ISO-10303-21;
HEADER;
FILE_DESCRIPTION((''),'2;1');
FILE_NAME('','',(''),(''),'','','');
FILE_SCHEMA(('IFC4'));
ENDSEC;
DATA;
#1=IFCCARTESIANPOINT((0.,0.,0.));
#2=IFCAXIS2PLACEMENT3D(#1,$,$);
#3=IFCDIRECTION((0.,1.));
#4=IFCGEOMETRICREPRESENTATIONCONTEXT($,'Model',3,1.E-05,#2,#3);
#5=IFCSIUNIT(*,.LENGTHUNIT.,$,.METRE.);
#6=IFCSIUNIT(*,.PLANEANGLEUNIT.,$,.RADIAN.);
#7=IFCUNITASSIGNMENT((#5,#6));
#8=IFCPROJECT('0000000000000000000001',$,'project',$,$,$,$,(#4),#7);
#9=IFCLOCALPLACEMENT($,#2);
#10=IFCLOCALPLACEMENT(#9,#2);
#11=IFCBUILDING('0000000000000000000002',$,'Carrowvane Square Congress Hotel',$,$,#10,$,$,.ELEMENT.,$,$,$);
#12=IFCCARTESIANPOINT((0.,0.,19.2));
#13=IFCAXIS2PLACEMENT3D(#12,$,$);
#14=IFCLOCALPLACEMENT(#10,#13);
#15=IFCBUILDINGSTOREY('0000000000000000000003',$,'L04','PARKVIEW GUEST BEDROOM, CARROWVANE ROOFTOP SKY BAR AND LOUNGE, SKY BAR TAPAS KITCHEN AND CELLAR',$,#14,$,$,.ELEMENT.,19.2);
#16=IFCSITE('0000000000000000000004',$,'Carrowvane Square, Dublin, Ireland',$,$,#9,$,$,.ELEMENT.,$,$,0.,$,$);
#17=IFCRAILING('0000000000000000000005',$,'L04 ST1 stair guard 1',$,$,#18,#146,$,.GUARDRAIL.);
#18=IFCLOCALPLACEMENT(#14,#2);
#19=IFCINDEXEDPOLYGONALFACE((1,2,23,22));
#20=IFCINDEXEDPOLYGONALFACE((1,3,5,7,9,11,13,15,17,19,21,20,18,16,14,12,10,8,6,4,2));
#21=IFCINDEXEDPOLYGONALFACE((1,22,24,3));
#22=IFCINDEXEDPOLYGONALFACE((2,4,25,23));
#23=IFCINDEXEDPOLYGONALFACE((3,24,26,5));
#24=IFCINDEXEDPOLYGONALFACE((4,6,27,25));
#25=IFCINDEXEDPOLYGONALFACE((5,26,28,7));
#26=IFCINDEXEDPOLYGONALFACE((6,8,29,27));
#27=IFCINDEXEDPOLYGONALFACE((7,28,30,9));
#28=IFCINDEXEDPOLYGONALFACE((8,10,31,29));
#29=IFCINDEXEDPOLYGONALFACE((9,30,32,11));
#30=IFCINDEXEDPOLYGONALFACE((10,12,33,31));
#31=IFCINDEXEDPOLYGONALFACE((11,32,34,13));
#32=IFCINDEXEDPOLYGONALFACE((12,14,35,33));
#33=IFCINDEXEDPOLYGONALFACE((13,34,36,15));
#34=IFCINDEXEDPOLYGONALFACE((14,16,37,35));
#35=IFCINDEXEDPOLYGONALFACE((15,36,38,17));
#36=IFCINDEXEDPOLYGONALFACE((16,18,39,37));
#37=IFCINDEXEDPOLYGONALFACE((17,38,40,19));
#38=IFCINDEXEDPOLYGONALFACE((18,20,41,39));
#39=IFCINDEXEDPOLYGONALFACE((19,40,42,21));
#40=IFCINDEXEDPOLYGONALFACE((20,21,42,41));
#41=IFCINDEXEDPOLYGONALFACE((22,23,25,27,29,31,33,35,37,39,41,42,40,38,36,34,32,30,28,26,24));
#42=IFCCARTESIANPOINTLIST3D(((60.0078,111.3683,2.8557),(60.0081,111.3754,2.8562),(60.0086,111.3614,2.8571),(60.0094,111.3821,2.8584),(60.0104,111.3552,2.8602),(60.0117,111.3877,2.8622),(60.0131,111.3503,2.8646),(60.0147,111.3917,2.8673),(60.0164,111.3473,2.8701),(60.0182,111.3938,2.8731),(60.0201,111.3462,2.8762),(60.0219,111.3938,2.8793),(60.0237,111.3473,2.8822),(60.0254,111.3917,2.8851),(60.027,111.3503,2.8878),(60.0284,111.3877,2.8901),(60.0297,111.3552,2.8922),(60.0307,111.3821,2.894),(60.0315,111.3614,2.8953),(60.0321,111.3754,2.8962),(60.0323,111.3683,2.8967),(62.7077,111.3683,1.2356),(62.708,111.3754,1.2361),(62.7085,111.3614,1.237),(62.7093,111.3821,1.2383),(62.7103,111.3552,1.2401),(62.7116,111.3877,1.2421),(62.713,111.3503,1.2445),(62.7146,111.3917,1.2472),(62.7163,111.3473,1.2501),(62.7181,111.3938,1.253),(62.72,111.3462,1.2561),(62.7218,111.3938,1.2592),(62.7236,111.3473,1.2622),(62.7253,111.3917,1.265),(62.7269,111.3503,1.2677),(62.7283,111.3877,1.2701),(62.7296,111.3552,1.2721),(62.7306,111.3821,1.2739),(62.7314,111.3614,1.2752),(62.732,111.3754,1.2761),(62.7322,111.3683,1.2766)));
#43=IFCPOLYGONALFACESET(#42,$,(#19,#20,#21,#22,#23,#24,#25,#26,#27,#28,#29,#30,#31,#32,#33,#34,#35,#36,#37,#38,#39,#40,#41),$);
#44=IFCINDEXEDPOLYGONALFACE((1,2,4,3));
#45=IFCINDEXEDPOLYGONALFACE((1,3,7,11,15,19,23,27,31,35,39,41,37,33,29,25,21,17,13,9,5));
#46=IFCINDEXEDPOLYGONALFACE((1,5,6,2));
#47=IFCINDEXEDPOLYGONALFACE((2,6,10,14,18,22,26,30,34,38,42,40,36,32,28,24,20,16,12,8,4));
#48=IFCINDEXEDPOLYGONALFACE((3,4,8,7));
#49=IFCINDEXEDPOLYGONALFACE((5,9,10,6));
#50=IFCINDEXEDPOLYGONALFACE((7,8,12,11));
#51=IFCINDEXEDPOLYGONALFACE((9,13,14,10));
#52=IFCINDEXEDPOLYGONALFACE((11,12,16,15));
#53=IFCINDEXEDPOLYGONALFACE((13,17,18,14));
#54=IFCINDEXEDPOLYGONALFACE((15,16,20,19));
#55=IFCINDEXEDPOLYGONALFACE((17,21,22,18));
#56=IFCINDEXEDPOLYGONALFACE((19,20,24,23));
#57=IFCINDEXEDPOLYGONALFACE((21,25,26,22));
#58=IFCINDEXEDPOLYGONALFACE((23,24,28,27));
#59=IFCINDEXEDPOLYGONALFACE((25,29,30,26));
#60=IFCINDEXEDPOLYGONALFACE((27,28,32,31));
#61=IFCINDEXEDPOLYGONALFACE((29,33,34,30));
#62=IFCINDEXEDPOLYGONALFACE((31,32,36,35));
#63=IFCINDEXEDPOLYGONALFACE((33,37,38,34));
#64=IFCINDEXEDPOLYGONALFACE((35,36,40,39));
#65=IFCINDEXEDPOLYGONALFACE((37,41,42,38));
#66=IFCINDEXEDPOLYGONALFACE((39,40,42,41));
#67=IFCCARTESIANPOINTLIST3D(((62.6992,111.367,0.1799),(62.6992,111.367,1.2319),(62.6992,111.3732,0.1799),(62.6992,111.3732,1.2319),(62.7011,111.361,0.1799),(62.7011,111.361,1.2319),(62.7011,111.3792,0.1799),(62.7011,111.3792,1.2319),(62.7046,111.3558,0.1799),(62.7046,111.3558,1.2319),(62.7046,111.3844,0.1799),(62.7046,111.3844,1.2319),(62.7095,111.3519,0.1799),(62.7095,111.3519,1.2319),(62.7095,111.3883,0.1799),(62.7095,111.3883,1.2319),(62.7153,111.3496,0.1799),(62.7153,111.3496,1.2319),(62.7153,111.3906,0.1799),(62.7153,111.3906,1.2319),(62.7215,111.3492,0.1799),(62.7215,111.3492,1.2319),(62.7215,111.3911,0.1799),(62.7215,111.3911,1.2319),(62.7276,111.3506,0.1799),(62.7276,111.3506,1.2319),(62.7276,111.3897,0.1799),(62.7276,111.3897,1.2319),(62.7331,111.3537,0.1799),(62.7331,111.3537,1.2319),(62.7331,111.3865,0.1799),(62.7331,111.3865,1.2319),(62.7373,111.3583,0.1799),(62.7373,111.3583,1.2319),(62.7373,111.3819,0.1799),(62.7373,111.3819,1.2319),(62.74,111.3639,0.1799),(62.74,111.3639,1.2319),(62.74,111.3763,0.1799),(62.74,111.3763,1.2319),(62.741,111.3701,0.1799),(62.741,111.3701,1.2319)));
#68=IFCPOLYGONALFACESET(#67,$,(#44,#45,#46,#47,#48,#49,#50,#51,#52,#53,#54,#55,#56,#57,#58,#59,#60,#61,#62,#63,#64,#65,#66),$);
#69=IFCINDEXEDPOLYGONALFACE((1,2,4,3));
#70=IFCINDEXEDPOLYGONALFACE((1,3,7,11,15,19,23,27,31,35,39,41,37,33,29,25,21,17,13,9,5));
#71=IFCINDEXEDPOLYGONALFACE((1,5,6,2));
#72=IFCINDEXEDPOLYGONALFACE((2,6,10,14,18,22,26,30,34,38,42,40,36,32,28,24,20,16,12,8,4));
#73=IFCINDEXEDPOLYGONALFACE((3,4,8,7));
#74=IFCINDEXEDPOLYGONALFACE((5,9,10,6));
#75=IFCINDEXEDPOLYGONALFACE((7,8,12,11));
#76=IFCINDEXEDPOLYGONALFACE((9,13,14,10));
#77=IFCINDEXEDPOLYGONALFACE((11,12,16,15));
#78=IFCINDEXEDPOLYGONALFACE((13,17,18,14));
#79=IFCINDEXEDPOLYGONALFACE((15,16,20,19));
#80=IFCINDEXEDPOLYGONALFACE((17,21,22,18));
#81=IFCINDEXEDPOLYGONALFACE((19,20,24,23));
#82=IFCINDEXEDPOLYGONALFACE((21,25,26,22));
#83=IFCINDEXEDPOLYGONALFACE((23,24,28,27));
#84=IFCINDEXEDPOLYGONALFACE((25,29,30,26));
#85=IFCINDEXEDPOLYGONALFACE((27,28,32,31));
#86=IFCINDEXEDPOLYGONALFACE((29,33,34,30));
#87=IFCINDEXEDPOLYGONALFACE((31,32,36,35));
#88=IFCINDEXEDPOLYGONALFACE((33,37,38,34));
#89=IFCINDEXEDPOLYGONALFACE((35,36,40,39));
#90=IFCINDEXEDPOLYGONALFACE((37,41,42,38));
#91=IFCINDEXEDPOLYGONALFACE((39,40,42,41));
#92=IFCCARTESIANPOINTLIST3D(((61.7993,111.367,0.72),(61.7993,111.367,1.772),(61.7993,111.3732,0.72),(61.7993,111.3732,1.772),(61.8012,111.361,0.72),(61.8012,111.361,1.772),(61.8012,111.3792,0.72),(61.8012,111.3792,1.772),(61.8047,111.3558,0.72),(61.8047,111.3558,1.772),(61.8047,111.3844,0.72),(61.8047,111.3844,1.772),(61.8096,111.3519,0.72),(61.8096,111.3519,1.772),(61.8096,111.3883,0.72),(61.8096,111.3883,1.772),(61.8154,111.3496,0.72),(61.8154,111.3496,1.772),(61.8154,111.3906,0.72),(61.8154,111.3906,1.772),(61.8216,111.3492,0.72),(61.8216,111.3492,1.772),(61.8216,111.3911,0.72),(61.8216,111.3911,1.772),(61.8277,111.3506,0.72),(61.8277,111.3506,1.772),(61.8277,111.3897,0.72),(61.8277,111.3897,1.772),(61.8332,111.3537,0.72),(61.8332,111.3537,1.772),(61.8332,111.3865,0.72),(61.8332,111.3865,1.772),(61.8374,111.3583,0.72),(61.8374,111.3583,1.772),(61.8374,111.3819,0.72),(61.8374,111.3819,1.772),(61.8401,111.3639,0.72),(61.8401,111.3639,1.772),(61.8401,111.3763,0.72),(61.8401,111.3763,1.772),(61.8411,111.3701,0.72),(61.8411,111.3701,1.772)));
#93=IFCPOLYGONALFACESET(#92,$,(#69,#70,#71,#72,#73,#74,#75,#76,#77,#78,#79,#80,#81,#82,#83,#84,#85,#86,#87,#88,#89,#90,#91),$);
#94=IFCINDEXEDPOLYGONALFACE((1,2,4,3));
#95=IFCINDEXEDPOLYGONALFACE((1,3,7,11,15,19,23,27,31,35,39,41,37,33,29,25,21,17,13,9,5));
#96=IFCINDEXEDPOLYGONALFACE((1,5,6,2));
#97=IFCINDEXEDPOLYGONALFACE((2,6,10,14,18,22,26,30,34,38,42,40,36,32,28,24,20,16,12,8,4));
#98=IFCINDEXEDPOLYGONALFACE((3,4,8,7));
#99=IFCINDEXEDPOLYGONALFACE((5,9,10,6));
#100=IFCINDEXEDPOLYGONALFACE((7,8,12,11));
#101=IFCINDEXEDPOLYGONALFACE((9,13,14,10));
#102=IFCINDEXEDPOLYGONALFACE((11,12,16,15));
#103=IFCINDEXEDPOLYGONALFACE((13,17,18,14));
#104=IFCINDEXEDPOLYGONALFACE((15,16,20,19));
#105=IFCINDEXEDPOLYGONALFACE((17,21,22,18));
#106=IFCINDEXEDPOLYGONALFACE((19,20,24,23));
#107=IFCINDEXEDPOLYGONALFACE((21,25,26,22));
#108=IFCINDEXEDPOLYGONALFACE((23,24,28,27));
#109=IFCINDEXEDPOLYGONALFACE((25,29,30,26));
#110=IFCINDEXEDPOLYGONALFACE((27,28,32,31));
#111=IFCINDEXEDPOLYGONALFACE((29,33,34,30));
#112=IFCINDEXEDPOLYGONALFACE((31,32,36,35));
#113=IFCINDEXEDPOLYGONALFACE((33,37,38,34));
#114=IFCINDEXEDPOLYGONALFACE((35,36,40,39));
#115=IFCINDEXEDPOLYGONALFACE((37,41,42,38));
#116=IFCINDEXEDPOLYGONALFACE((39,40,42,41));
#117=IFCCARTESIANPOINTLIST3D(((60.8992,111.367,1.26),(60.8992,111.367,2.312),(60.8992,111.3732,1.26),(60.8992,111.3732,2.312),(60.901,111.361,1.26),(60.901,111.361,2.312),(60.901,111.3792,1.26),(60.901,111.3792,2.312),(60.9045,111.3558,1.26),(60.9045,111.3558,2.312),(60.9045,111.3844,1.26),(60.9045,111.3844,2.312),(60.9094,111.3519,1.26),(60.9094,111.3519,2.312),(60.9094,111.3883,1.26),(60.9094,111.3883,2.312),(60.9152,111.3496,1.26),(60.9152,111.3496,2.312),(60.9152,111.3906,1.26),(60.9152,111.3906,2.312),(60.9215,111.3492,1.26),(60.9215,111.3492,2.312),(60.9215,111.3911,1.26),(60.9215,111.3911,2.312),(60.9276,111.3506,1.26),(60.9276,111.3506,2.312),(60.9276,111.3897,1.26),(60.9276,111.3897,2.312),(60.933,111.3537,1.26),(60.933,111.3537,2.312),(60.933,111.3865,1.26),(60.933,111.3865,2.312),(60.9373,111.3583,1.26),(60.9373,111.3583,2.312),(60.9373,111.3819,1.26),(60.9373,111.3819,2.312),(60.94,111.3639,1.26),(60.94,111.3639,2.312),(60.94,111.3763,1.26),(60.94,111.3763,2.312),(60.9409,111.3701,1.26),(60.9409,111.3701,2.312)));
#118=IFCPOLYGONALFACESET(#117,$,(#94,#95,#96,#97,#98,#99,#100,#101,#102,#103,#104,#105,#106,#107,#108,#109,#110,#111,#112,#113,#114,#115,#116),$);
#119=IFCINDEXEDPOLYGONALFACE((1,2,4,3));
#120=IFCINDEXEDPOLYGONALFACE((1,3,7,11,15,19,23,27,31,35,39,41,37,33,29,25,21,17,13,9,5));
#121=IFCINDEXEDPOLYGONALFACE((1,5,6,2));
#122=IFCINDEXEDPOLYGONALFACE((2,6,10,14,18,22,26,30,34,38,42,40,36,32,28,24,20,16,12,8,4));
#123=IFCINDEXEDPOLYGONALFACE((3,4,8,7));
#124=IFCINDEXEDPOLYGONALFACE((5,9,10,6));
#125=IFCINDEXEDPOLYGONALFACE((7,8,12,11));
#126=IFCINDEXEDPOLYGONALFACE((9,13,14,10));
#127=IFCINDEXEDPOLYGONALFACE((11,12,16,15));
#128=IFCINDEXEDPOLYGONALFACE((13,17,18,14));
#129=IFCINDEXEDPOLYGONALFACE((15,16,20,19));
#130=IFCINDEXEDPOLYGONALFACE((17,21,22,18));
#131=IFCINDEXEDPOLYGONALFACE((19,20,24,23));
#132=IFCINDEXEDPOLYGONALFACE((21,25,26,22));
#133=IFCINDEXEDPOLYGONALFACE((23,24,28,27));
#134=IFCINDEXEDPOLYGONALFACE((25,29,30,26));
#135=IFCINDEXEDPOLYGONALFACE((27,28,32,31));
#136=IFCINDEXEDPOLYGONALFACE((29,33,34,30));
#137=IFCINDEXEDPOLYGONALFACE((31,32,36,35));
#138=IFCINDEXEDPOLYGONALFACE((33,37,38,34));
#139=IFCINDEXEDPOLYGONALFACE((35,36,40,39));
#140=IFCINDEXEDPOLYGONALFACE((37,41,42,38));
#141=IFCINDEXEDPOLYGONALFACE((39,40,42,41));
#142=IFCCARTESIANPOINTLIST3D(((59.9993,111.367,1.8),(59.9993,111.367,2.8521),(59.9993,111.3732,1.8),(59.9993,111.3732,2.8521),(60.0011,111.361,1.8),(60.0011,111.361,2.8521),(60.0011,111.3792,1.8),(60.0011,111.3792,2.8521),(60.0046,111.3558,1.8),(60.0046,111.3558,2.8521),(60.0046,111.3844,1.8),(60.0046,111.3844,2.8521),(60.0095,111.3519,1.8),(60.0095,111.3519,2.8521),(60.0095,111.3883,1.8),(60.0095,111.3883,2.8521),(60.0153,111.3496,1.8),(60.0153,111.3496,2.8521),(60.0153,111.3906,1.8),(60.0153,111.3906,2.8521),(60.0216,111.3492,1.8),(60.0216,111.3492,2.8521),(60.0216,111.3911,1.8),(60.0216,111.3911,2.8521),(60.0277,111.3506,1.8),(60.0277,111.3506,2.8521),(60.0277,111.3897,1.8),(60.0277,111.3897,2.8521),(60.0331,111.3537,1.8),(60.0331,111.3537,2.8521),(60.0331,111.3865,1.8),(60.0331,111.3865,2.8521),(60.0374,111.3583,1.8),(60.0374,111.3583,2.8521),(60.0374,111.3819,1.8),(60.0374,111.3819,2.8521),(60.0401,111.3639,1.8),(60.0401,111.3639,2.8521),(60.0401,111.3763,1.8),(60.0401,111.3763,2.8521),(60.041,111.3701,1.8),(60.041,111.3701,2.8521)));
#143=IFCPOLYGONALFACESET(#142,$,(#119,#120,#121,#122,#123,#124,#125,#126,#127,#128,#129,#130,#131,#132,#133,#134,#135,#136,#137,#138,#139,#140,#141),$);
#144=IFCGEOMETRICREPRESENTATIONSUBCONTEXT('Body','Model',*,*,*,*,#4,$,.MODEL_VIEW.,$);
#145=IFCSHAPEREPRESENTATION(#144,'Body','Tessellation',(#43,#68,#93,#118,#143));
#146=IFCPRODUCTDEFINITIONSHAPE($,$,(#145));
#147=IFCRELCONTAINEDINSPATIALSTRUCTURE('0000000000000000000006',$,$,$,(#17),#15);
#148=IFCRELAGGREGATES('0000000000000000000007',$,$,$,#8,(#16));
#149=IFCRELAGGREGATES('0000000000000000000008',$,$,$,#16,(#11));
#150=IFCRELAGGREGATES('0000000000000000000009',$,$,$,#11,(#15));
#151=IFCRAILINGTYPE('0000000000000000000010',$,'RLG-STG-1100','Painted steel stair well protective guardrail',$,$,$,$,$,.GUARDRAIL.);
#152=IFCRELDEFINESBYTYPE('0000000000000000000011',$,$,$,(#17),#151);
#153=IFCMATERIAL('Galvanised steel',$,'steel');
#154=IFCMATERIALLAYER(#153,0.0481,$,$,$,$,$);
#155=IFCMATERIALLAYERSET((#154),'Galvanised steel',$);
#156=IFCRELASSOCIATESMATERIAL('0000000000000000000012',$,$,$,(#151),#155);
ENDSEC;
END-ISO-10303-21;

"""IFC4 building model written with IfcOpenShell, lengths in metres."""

from ifc_helpers import new_model, si_unit, direction, frame, origin, origin_2d, place, context, subcontext, project, spatial, circle, extrude, material, layer, layer_set, type_object, element, save


model = new_model("IFC4")

# Units and contexts
model_context = context("Model", 3, precision=1e-05, world=origin(), true_north=direction((0.0, 1.0)))
body_context = subcontext(model_context, "Body", "Model", "MODEL_VIEW")
ifc_project = project(units=[si_unit("LENGTHUNIT", "METRE"), si_unit("PLANEANGLEUNIT", "RADIAN")], contexts=[model_context])

# Site, building, storey
site_placement = place(None, origin())
site = spatial("IfcSite", under=ifc_project, at=site_placement, Name="Carrowvane Square, Dublin, Ireland", CompositionType="ELEMENT", RefElevation=0.0)
building_placement = place(site_placement, origin())
building = spatial("IfcBuilding", under=site, at=building_placement, Name="Carrowvane Square Congress Hotel", CompositionType="ELEMENT")
storey_placement = place(building_placement, frame((0.0, 0.0, 19.2)))
storey = spatial("IfcBuildingStorey", under=building, at=storey_placement, Name="L04", Description="PARKVIEW GUEST BEDROOM, CARROWVANE ROOFTOP SKY BAR AND LOUNGE, SKY BAR TAPAS KITCHEN AND CELLAR", CompositionType="ELEMENT", Elevation=19.2)

# Railing
ifc_material_1 = material(Name="Galvanised steel", Category="steel")
ifc_layer_1 = layer(ifc_material_1, 0.0481)
ifc_layer_set_1 = layer_set([ifc_layer_1], Name="Galvanised steel")
railing_type_1 = type_object("IfcRailingType", Name="RLG-STG-1100", Description="Painted steel stair well protective guardrail", PredefinedType="GUARDRAIL", material=ifc_layer_set_1)
railing_1_placement = place(storey_placement, frame((62.72, 111.3701, 0.1799)))
element("IfcRailing", 1, at=railing_1_placement, inside=storey, type_object=railing_type_1, Name="L04 ST1 stair guard 1", PredefinedType="GUARDRAIL", context=body_context, shape_type="SweptSolid", body=[
    extrude(circle(Radius=0.0239, at=origin_2d()), frame((0.0, 0.0, 1.0762), z_axis=(-0.857472, 0.0, 0.51453), x_axis=(0.0, -1.0, 0.0)), (0.0, 0.0, 1.0), 3.1487),
    extrude(circle(Radius=0.021, at=origin_2d()), origin(), (0.0, 0.0, 1.0), 1.052),
    extrude(circle(Radius=0.021, at=origin_2d()), frame((-0.8999, 0.0, 0.54)), (0.0, 0.0, 1.0), 1.052),
    extrude(circle(Radius=0.021, at=origin_2d()), frame((-1.8, 0.0, 1.0801)), (0.0, 0.0, 1.0), 1.052),
    extrude(circle(Radius=0.021, at=origin_2d()), frame((-2.7, 0.0, 1.6201)), (0.0, 0.0, 1.0), 1.052),
])

save(model, "model.ifc")
